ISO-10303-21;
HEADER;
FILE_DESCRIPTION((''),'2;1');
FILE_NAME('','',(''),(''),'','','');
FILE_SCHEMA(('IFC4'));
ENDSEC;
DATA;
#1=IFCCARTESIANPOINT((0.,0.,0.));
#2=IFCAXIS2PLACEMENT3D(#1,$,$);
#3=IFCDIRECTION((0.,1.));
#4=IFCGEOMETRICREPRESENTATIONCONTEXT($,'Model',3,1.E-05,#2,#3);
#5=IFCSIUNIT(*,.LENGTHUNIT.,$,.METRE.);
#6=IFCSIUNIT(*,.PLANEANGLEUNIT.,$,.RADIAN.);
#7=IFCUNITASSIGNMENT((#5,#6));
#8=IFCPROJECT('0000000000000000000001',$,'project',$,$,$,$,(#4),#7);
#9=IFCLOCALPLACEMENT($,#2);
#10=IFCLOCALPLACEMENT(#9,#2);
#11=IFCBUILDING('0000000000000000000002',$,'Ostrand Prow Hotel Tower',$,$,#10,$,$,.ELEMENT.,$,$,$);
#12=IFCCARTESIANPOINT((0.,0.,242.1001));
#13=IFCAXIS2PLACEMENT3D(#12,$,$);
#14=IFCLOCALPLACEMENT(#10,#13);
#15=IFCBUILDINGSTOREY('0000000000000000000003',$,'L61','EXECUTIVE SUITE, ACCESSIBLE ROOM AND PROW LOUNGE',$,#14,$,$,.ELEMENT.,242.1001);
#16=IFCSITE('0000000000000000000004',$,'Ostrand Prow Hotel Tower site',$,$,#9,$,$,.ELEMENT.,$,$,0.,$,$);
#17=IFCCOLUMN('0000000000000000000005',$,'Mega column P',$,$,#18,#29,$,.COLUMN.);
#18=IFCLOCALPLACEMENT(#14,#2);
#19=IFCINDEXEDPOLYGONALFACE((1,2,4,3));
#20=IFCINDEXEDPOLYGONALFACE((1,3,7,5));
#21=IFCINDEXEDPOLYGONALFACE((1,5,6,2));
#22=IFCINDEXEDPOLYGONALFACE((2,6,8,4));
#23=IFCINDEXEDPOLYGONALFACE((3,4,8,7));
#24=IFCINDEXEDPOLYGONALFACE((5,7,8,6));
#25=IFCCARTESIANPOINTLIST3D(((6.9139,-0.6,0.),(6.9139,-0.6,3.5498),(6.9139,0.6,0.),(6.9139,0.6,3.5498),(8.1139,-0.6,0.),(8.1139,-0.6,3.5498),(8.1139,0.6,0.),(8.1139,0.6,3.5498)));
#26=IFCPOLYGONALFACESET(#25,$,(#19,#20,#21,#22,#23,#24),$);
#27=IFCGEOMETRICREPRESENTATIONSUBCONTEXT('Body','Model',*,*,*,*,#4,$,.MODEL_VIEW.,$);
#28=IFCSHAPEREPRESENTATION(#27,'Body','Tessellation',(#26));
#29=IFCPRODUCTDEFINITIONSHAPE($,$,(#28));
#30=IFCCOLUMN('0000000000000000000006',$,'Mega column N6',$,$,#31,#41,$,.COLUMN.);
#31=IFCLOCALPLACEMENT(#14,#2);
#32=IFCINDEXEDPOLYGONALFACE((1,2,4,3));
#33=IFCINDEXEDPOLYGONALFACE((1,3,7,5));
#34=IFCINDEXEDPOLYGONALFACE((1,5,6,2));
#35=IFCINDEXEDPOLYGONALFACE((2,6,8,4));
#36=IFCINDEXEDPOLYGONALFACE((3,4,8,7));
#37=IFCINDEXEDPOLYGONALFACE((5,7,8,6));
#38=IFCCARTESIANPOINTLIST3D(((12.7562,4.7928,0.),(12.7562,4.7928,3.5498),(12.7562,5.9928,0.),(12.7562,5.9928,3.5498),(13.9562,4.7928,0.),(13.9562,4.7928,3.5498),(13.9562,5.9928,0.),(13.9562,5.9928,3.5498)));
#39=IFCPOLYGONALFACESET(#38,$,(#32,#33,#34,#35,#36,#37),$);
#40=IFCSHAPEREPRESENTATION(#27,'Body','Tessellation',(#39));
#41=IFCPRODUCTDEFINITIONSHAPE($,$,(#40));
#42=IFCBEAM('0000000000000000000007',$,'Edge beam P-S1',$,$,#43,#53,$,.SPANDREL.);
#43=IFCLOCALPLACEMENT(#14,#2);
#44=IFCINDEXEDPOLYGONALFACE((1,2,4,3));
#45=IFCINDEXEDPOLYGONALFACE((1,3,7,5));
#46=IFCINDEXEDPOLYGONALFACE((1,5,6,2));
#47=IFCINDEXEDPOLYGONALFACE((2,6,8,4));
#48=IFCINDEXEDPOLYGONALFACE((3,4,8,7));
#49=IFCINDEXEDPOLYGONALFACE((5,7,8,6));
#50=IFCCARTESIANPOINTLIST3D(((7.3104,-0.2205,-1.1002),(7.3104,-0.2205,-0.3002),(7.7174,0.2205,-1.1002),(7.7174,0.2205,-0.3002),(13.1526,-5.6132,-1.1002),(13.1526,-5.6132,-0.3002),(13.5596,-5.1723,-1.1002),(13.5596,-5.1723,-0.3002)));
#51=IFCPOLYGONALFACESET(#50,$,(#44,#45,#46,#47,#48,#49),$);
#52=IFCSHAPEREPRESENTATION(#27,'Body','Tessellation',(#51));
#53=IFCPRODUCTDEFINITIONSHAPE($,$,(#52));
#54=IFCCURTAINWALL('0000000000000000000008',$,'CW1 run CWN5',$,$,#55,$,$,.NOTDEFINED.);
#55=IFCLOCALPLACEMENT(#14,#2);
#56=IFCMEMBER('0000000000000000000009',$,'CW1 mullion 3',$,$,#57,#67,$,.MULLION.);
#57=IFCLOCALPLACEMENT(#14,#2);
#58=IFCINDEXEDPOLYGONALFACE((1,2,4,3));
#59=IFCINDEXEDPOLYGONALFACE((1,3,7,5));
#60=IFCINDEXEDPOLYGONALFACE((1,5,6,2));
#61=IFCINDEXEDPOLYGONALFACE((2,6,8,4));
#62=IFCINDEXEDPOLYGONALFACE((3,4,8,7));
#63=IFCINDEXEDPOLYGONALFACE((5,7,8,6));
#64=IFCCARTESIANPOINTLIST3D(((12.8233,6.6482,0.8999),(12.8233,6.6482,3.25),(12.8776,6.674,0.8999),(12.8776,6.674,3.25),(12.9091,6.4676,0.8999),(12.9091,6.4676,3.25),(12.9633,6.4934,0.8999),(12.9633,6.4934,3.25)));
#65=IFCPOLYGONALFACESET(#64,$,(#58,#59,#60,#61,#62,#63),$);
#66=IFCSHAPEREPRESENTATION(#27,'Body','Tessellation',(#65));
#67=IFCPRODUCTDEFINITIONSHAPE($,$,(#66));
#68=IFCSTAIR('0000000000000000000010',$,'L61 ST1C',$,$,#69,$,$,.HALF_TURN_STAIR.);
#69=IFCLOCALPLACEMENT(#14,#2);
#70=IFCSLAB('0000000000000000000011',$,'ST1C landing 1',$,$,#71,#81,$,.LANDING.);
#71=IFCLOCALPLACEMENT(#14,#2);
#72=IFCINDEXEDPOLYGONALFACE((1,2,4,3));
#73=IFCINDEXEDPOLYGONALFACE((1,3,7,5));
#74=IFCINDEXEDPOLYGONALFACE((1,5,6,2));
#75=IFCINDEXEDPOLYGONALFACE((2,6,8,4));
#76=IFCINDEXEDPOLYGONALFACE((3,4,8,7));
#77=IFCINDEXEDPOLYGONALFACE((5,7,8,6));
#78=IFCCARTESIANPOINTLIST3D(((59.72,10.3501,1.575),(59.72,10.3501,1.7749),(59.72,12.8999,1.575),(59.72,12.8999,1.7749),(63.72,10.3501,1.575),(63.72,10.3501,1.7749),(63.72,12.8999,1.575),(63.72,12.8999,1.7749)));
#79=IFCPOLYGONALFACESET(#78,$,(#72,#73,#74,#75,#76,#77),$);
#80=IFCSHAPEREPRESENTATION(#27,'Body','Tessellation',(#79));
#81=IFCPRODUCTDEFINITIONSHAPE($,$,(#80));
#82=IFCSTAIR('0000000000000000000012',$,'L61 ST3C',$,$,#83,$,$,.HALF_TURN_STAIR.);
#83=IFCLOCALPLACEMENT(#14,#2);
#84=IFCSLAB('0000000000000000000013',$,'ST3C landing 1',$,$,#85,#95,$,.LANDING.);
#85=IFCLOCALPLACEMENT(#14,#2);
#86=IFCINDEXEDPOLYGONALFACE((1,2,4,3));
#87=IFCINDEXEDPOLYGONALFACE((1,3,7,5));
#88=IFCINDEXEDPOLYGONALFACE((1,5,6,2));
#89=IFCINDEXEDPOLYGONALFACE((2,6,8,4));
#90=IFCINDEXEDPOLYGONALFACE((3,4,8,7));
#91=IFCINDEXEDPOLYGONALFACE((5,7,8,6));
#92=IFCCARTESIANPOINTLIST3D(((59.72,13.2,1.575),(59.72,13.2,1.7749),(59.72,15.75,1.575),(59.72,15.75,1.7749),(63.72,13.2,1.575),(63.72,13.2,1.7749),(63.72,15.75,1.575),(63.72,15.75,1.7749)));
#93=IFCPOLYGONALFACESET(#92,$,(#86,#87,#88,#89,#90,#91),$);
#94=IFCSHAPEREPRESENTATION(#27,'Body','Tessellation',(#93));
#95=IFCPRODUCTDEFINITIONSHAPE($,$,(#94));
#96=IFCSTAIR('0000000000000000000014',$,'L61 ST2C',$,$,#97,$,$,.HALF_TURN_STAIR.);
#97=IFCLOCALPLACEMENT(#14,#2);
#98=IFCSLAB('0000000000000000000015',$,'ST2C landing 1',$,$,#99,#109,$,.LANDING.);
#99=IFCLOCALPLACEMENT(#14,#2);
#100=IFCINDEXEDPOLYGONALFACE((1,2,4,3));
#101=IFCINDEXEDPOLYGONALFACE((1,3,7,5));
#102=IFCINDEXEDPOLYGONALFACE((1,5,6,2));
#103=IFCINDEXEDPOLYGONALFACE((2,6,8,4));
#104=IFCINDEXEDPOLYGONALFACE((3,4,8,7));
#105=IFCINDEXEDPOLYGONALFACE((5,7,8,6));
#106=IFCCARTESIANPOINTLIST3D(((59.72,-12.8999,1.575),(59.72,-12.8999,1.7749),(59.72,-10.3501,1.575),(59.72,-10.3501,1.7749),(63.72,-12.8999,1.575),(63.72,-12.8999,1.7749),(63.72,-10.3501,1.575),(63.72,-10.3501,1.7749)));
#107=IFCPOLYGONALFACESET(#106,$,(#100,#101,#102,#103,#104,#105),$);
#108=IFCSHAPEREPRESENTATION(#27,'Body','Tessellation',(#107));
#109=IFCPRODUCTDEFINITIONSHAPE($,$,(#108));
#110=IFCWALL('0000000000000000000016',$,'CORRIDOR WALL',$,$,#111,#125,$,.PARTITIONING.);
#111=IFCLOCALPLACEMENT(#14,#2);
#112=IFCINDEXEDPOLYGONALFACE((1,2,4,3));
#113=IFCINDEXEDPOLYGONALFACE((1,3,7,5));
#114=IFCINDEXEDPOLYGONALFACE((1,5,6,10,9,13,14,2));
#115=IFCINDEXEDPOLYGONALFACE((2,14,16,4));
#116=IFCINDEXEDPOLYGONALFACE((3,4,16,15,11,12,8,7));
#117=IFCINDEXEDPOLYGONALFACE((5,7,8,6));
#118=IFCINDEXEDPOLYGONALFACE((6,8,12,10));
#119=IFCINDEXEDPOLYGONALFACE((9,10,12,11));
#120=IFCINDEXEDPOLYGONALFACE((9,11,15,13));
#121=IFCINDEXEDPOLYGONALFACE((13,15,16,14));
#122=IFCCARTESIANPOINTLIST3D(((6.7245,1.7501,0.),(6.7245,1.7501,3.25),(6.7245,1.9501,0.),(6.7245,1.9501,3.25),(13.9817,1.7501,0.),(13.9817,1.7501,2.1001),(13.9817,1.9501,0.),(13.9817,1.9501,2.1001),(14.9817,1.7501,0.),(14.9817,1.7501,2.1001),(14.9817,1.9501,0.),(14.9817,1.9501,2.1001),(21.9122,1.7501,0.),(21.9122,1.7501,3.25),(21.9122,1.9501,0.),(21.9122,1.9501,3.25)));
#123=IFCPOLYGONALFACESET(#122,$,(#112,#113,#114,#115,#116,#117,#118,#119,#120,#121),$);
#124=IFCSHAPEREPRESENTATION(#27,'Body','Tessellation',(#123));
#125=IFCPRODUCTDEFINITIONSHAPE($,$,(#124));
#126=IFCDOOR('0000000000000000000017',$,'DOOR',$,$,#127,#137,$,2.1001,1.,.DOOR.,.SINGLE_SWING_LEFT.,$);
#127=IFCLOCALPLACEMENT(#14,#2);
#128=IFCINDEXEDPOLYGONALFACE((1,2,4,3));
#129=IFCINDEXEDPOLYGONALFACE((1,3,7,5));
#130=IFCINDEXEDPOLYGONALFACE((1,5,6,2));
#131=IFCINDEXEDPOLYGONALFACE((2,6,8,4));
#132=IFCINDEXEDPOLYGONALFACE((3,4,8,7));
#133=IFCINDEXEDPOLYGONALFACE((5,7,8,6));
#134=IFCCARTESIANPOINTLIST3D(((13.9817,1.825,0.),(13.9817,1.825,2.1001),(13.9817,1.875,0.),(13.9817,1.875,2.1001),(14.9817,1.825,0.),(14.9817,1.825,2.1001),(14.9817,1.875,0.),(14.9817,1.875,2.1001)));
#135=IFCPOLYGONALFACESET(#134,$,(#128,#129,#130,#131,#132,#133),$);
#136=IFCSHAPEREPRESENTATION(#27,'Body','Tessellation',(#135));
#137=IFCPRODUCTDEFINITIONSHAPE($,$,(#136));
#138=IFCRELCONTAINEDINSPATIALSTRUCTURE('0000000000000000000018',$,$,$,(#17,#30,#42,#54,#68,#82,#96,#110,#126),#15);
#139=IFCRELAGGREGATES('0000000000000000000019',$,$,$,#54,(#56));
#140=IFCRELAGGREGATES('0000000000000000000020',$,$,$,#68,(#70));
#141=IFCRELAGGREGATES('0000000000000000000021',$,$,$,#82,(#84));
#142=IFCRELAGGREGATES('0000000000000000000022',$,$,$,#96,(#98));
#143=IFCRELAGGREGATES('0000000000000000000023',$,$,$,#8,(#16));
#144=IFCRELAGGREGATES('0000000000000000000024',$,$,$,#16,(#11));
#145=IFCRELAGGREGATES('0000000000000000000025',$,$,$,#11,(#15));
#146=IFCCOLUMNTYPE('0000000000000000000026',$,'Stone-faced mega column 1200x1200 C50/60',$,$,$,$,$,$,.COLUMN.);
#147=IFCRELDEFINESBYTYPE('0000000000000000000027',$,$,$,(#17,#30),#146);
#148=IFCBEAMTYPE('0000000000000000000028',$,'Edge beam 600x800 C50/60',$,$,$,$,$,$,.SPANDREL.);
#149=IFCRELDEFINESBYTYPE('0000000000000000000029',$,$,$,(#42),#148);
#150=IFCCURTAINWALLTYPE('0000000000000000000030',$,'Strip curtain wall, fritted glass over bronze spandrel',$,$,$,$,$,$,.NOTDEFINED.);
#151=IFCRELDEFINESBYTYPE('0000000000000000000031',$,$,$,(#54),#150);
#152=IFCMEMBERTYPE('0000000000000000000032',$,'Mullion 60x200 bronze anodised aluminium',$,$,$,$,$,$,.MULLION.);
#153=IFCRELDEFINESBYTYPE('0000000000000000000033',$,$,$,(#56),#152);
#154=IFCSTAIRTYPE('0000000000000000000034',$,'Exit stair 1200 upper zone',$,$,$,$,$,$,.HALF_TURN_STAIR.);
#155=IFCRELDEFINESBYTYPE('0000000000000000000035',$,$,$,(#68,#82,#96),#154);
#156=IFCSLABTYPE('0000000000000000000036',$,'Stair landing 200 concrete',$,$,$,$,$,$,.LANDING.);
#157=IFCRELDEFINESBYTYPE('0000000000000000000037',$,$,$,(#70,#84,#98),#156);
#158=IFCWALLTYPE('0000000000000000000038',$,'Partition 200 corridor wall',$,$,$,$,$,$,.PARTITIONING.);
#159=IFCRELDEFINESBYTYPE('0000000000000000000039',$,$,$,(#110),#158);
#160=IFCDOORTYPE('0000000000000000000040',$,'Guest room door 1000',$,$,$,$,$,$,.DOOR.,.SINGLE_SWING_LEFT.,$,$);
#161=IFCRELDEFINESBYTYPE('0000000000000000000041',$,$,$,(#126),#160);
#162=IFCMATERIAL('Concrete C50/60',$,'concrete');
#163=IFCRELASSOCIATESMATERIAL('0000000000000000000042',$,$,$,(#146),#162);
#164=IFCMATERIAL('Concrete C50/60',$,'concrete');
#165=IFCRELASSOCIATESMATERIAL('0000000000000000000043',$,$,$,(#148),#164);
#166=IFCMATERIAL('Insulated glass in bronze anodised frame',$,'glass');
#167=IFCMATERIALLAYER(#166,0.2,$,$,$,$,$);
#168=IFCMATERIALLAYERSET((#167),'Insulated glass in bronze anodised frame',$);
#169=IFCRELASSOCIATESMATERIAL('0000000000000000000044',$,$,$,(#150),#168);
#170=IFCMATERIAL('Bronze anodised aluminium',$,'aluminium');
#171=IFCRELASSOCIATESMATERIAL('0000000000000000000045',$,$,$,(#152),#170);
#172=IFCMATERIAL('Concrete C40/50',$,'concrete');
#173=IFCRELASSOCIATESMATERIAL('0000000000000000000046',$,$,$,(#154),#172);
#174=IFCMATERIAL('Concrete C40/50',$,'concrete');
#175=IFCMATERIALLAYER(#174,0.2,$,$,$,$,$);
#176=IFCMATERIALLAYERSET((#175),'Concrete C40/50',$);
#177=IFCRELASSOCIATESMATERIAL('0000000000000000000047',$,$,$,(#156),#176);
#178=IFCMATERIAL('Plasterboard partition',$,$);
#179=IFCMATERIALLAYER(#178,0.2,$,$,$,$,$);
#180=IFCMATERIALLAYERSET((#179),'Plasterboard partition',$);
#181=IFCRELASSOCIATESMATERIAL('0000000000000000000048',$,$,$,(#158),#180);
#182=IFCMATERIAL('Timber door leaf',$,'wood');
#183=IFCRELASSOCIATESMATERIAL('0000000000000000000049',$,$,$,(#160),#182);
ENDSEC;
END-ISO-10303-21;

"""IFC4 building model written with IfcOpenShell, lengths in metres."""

from ifc_helpers import new_model, si_unit, direction, frame, frame_2d, origin, origin_2d, place, context, subcontext, project, spatial, polyline, rectangle, outline, extrude, material, layer, layer_set, material_profile, profile_set, type_object, element, fill, aggregate, save


model = new_model("IFC4")

# Units and contexts
model_context = context("Model", 3, precision=1e-05, world=origin(), true_north=direction((0.0, 1.0)))
body_context = subcontext(model_context, "Body", "Model", "MODEL_VIEW")
ifc_project = project(units=[si_unit("LENGTHUNIT", "METRE"), si_unit("PLANEANGLEUNIT", "RADIAN")], contexts=[model_context])

# Site, building, storey
site_placement = place(None, origin())
site = spatial("IfcSite", under=ifc_project, at=site_placement, Name="Ostrand Prow Hotel Tower site", CompositionType="ELEMENT", RefElevation=0.0)
building_placement = place(site_placement, origin())
building = spatial("IfcBuilding", under=site, at=building_placement, Name="Ostrand Prow Hotel Tower", CompositionType="ELEMENT")
storey_placement = place(building_placement, frame((0.0, 0.0, 242.1001)))
storey = spatial("IfcBuildingStorey", under=building, at=storey_placement, Name="L61", Description="EXECUTIVE SUITE, ACCESSIBLE ROOM AND PROW LOUNGE", CompositionType="ELEMENT", Elevation=242.1001)

# Columns
ifc_material_1 = material(Name="Concrete C50/60", Category="concrete")
ifc_material_profile_1 = material_profile(ifc_material_1, rectangle(XDim=1.2, YDim=1.2, at=origin_2d()), Name="RC 1200x1200")
ifc_profile_set_1 = profile_set([ifc_material_profile_1], Name="Concrete C50/60")
column_type = type_object("IfcColumnType", Name="Stone-faced mega column 1200x1200 C50/60", PredefinedType="COLUMN", material=ifc_profile_set_1)
for number, where, z_axis, x_axis, name in (
    (1, (7.5139, 0.0, 0.0), (0.0, 0.0, 1.0), (1.0, 0.0, 0.0), "Mega column P"),
    (2, (13.3562, 5.3928, 0.0), (0.0, 0.0, 1.0), (1.0, 0.0, 0.0), "Mega column N6"),
):
    element("IfcColumn", number, at=place(storey_placement, frame(where, z_axis=z_axis, x_axis=x_axis)), inside=storey, type_object=column_type, Name=name, PredefinedType="COLUMN", context=body_context, shape_type="SweptSolid", body=[
        extrude(rectangle(XDim=1.2, YDim=1.2, at=origin_2d()), origin(), (0.0, 0.0, 1.0), 3.5498),
    ])

# Beam
ifc_material_2 = material(Name="Concrete C50/60", Category="concrete")
ifc_material_profile_2 = material_profile(ifc_material_2, rectangle(XDim=0.6001, YDim=0.8, at=origin_2d()), Name="RC 600x800")
ifc_profile_set_2 = profile_set([ifc_material_profile_2], Name="Concrete C50/60")
beam_type = type_object("IfcBeamType", Name="Edge beam 600x800 C50/60", PredefinedType="SPANDREL", material=ifc_profile_set_2)
beam_placement = place(storey_placement, frame((7.5139, 0.0, -0.7002), z_axis=(0.734807, -0.678276, 0.0), x_axis=(0.678276, 0.734807, 0.0)))
element("IfcBeam", 3, at=beam_placement, inside=storey, type_object=beam_type, Name="Edge beam P-S1", PredefinedType="SPANDREL", context=body_context, shape_type="SweptSolid", body=[
    extrude(rectangle(XDim=0.6001, YDim=0.8, at=origin_2d()), origin(), (0.0, 0.0, 1.0), 7.9507),
])

# Curtain wall, member
ifc_material_3 = material(Name="Insulated glass in bronze anodised frame", Category="glass")
ifc_layer_1 = layer(ifc_material_3, 0.2)
ifc_layer_set_1 = layer_set([ifc_layer_1], Name="Insulated glass in bronze anodised frame")
curtain_wall_type = type_object("IfcCurtainWallType", Name="Strip curtain wall, fritted glass over bronze spandrel", PredefinedType="NOTDEFINED", material=ifc_layer_set_1)
curtain_wall_placement = place(storey_placement, origin())
curtain_wall = element("IfcCurtainWall", 4, at=curtain_wall_placement, inside=storey, type_object=curtain_wall_type, Name="CW1 run CWN5", PredefinedType="NOTDEFINED")
ifc_material_4 = material(Name="Bronze anodised aluminium", Category="aluminium")
ifc_material_profile_3 = material_profile(ifc_material_4, rectangle(XDim=0.2, YDim=0.0601, at=origin_2d()), Name="Mullion 60x200 bronze anodised aluminium")
ifc_profile_set_3 = profile_set([ifc_material_profile_3], Name="Bronze anodised aluminium")
member_type = type_object("IfcMemberType", Name="Mullion 60x200 bronze anodised aluminium", PredefinedType="MULLION", material=ifc_profile_set_3)
member_placement = place(storey_placement, frame((12.8933, 6.5708, 0.8999), z_axis=(0.0, 0.0, 1.0), x_axis=(0.428861, -0.90337, 0.0)))
member = element("IfcMember", 5, at=member_placement, type_object=member_type, Name="CW1 mullion 3", PredefinedType="MULLION", context=body_context, shape_type="SweptSolid", body=[
    extrude(rectangle(XDim=0.2, YDim=0.0601, at=origin_2d()), origin(), (0.0, 0.0, 1.0), 2.3501),
])
aggregate(curtain_wall, [member])

# Stairs, slabs
ifc_material_5 = material(Name="Concrete C40/50", Category="concrete")
stair_type = type_object("IfcStairType", Name="Exit stair 1200 upper zone", PredefinedType="HALF_TURN_STAIR", material=ifc_material_5)
stair_1_placement = place(storey_placement, origin())
stair_1 = element("IfcStair", 6, at=stair_1_placement, inside=storey, type_object=stair_type, Name="L61 ST1C", PredefinedType="HALF_TURN_STAIR")
ifc_material_6 = material(Name="Concrete C40/50", Category="concrete")
ifc_layer_2 = layer(ifc_material_6, 0.2)
ifc_layer_set_2 = layer_set([ifc_layer_2], Name="Concrete C40/50")
slab_type = type_object("IfcSlabType", Name="Stair landing 200 concrete", PredefinedType="LANDING", material=ifc_layer_set_2)
slab_1_placement = place(storey_placement, frame((0.0, 0.0, 1.575)))
slab_1 = element("IfcSlab", 7, at=slab_1_placement, type_object=slab_type, Name="ST1C landing 1", PredefinedType="LANDING", context=body_context, shape_type="SweptSolid", body=[
    extrude(outline(polyline([(59.72, 10.3501), (63.72, 10.3501), (63.72, 12.8999), (59.72, 12.8999), (59.72, 10.3501)])), origin(), (0.0, 0.0, 1.0), 0.2),
])
aggregate(stair_1, [slab_1])
stair_2_placement = place(storey_placement, origin())
stair_2 = element("IfcStair", 8, at=stair_2_placement, inside=storey, type_object=stair_type, Name="L61 ST3C", PredefinedType="HALF_TURN_STAIR")
slab_2_placement = place(storey_placement, frame((0.0, 0.0, 1.575)))
slab_2 = element("IfcSlab", 9, at=slab_2_placement, type_object=slab_type, Name="ST3C landing 1", PredefinedType="LANDING", context=body_context, shape_type="SweptSolid", body=[
    extrude(outline(polyline([(59.72, 13.2), (63.72, 13.2), (63.72, 15.75), (59.72, 15.75), (59.72, 13.2)])), origin(), (0.0, 0.0, 1.0), 0.2),
])
aggregate(stair_2, [slab_2])
stair_3_placement = place(storey_placement, origin())
stair_3 = element("IfcStair", 10, at=stair_3_placement, inside=storey, type_object=stair_type, Name="L61 ST2C", PredefinedType="HALF_TURN_STAIR")
slab_3_placement = place(storey_placement, frame((0.0, 0.0, 1.575)))
slab_3 = element("IfcSlab", 11, at=slab_3_placement, type_object=slab_type, Name="ST2C landing 1", PredefinedType="LANDING", context=body_context, shape_type="SweptSolid", body=[
    extrude(outline(polyline([(59.72, -12.8999), (63.72, -12.8999), (63.72, -10.3501), (59.72, -10.3501), (59.72, -12.8999)])), origin(), (0.0, 0.0, 1.0), 0.2),
])
aggregate(stair_3, [slab_3])

# Wall, opening, door
ifc_material_7 = material(Name="Plasterboard partition")
ifc_layer_3 = layer(ifc_material_7, 0.2)
ifc_layer_set_3 = layer_set([ifc_layer_3], Name="Plasterboard partition")
wall_type_1 = type_object("IfcWallType", Name="Partition 200 corridor wall", PredefinedType="PARTITIONING", material=ifc_layer_set_3)
wall_1_placement = place(storey_placement, frame((6.7246, 1.8501, 0.0), z_axis=(0.0, 0.0, 1.0), x_axis=(1.0, 0.0, 0.0)))
wall_1 = element("IfcWall", 12, at=wall_1_placement, inside=storey, type_object=wall_type_1, Name="CORRIDOR WALL", PredefinedType="PARTITIONING", context=body_context, shape_type="SweptSolid", body=[
    extrude(rectangle(XDim=15.1877, YDim=0.2, at=frame_2d((7.5938, 0.0))), origin(), (0.0, 0.0, 1.0), 3.25),
])
opening_1_placement = place(wall_1_placement, frame((7.2571, 0.0, 0.0)))
opening_1 = element("IfcOpeningElement", 13, at=opening_1_placement, cuts=wall_1, PredefinedType="OPENING", context=body_context, shape_type="SweptSolid", body=[
    extrude(rectangle(XDim=1.0, YDim=2.1001, at=frame_2d((0.5, 1.05))), frame((0.0, 0.1099, 0.0), z_axis=(0.0, -1.0, 0.0), x_axis=(1.0, 0.0, 0.0)), (0.0, 0.0, 1.0), 0.22),
])
ifc_material_8 = material(Name="Timber door leaf", Category="wood")
door_type = type_object("IfcDoorType", Name="Guest room door 1000", OperationType="SINGLE_SWING_LEFT", PredefinedType="DOOR", material=ifc_material_8)
door_placement = place(opening_1_placement, origin())
door = element("IfcDoor", 14, at=door_placement, inside=storey, type_object=door_type, Name="DOOR", OperationType="SINGLE_SWING_LEFT", OverallHeight=2.1001, OverallWidth=1.0, PredefinedType="DOOR", context=body_context, shape_type="SweptSolid", body=[
    extrude(rectangle(XDim=1.0, YDim=2.1001, at=frame_2d((0.5, 1.05))), frame((0.0, 0.0249, 0.0), z_axis=(0.0, -1.0, 0.0), x_axis=(1.0, 0.0, 0.0)), (0.0, 0.0, 1.0), 0.05),
])
fill(opening_1, door)

save(model, "model.ifc")
